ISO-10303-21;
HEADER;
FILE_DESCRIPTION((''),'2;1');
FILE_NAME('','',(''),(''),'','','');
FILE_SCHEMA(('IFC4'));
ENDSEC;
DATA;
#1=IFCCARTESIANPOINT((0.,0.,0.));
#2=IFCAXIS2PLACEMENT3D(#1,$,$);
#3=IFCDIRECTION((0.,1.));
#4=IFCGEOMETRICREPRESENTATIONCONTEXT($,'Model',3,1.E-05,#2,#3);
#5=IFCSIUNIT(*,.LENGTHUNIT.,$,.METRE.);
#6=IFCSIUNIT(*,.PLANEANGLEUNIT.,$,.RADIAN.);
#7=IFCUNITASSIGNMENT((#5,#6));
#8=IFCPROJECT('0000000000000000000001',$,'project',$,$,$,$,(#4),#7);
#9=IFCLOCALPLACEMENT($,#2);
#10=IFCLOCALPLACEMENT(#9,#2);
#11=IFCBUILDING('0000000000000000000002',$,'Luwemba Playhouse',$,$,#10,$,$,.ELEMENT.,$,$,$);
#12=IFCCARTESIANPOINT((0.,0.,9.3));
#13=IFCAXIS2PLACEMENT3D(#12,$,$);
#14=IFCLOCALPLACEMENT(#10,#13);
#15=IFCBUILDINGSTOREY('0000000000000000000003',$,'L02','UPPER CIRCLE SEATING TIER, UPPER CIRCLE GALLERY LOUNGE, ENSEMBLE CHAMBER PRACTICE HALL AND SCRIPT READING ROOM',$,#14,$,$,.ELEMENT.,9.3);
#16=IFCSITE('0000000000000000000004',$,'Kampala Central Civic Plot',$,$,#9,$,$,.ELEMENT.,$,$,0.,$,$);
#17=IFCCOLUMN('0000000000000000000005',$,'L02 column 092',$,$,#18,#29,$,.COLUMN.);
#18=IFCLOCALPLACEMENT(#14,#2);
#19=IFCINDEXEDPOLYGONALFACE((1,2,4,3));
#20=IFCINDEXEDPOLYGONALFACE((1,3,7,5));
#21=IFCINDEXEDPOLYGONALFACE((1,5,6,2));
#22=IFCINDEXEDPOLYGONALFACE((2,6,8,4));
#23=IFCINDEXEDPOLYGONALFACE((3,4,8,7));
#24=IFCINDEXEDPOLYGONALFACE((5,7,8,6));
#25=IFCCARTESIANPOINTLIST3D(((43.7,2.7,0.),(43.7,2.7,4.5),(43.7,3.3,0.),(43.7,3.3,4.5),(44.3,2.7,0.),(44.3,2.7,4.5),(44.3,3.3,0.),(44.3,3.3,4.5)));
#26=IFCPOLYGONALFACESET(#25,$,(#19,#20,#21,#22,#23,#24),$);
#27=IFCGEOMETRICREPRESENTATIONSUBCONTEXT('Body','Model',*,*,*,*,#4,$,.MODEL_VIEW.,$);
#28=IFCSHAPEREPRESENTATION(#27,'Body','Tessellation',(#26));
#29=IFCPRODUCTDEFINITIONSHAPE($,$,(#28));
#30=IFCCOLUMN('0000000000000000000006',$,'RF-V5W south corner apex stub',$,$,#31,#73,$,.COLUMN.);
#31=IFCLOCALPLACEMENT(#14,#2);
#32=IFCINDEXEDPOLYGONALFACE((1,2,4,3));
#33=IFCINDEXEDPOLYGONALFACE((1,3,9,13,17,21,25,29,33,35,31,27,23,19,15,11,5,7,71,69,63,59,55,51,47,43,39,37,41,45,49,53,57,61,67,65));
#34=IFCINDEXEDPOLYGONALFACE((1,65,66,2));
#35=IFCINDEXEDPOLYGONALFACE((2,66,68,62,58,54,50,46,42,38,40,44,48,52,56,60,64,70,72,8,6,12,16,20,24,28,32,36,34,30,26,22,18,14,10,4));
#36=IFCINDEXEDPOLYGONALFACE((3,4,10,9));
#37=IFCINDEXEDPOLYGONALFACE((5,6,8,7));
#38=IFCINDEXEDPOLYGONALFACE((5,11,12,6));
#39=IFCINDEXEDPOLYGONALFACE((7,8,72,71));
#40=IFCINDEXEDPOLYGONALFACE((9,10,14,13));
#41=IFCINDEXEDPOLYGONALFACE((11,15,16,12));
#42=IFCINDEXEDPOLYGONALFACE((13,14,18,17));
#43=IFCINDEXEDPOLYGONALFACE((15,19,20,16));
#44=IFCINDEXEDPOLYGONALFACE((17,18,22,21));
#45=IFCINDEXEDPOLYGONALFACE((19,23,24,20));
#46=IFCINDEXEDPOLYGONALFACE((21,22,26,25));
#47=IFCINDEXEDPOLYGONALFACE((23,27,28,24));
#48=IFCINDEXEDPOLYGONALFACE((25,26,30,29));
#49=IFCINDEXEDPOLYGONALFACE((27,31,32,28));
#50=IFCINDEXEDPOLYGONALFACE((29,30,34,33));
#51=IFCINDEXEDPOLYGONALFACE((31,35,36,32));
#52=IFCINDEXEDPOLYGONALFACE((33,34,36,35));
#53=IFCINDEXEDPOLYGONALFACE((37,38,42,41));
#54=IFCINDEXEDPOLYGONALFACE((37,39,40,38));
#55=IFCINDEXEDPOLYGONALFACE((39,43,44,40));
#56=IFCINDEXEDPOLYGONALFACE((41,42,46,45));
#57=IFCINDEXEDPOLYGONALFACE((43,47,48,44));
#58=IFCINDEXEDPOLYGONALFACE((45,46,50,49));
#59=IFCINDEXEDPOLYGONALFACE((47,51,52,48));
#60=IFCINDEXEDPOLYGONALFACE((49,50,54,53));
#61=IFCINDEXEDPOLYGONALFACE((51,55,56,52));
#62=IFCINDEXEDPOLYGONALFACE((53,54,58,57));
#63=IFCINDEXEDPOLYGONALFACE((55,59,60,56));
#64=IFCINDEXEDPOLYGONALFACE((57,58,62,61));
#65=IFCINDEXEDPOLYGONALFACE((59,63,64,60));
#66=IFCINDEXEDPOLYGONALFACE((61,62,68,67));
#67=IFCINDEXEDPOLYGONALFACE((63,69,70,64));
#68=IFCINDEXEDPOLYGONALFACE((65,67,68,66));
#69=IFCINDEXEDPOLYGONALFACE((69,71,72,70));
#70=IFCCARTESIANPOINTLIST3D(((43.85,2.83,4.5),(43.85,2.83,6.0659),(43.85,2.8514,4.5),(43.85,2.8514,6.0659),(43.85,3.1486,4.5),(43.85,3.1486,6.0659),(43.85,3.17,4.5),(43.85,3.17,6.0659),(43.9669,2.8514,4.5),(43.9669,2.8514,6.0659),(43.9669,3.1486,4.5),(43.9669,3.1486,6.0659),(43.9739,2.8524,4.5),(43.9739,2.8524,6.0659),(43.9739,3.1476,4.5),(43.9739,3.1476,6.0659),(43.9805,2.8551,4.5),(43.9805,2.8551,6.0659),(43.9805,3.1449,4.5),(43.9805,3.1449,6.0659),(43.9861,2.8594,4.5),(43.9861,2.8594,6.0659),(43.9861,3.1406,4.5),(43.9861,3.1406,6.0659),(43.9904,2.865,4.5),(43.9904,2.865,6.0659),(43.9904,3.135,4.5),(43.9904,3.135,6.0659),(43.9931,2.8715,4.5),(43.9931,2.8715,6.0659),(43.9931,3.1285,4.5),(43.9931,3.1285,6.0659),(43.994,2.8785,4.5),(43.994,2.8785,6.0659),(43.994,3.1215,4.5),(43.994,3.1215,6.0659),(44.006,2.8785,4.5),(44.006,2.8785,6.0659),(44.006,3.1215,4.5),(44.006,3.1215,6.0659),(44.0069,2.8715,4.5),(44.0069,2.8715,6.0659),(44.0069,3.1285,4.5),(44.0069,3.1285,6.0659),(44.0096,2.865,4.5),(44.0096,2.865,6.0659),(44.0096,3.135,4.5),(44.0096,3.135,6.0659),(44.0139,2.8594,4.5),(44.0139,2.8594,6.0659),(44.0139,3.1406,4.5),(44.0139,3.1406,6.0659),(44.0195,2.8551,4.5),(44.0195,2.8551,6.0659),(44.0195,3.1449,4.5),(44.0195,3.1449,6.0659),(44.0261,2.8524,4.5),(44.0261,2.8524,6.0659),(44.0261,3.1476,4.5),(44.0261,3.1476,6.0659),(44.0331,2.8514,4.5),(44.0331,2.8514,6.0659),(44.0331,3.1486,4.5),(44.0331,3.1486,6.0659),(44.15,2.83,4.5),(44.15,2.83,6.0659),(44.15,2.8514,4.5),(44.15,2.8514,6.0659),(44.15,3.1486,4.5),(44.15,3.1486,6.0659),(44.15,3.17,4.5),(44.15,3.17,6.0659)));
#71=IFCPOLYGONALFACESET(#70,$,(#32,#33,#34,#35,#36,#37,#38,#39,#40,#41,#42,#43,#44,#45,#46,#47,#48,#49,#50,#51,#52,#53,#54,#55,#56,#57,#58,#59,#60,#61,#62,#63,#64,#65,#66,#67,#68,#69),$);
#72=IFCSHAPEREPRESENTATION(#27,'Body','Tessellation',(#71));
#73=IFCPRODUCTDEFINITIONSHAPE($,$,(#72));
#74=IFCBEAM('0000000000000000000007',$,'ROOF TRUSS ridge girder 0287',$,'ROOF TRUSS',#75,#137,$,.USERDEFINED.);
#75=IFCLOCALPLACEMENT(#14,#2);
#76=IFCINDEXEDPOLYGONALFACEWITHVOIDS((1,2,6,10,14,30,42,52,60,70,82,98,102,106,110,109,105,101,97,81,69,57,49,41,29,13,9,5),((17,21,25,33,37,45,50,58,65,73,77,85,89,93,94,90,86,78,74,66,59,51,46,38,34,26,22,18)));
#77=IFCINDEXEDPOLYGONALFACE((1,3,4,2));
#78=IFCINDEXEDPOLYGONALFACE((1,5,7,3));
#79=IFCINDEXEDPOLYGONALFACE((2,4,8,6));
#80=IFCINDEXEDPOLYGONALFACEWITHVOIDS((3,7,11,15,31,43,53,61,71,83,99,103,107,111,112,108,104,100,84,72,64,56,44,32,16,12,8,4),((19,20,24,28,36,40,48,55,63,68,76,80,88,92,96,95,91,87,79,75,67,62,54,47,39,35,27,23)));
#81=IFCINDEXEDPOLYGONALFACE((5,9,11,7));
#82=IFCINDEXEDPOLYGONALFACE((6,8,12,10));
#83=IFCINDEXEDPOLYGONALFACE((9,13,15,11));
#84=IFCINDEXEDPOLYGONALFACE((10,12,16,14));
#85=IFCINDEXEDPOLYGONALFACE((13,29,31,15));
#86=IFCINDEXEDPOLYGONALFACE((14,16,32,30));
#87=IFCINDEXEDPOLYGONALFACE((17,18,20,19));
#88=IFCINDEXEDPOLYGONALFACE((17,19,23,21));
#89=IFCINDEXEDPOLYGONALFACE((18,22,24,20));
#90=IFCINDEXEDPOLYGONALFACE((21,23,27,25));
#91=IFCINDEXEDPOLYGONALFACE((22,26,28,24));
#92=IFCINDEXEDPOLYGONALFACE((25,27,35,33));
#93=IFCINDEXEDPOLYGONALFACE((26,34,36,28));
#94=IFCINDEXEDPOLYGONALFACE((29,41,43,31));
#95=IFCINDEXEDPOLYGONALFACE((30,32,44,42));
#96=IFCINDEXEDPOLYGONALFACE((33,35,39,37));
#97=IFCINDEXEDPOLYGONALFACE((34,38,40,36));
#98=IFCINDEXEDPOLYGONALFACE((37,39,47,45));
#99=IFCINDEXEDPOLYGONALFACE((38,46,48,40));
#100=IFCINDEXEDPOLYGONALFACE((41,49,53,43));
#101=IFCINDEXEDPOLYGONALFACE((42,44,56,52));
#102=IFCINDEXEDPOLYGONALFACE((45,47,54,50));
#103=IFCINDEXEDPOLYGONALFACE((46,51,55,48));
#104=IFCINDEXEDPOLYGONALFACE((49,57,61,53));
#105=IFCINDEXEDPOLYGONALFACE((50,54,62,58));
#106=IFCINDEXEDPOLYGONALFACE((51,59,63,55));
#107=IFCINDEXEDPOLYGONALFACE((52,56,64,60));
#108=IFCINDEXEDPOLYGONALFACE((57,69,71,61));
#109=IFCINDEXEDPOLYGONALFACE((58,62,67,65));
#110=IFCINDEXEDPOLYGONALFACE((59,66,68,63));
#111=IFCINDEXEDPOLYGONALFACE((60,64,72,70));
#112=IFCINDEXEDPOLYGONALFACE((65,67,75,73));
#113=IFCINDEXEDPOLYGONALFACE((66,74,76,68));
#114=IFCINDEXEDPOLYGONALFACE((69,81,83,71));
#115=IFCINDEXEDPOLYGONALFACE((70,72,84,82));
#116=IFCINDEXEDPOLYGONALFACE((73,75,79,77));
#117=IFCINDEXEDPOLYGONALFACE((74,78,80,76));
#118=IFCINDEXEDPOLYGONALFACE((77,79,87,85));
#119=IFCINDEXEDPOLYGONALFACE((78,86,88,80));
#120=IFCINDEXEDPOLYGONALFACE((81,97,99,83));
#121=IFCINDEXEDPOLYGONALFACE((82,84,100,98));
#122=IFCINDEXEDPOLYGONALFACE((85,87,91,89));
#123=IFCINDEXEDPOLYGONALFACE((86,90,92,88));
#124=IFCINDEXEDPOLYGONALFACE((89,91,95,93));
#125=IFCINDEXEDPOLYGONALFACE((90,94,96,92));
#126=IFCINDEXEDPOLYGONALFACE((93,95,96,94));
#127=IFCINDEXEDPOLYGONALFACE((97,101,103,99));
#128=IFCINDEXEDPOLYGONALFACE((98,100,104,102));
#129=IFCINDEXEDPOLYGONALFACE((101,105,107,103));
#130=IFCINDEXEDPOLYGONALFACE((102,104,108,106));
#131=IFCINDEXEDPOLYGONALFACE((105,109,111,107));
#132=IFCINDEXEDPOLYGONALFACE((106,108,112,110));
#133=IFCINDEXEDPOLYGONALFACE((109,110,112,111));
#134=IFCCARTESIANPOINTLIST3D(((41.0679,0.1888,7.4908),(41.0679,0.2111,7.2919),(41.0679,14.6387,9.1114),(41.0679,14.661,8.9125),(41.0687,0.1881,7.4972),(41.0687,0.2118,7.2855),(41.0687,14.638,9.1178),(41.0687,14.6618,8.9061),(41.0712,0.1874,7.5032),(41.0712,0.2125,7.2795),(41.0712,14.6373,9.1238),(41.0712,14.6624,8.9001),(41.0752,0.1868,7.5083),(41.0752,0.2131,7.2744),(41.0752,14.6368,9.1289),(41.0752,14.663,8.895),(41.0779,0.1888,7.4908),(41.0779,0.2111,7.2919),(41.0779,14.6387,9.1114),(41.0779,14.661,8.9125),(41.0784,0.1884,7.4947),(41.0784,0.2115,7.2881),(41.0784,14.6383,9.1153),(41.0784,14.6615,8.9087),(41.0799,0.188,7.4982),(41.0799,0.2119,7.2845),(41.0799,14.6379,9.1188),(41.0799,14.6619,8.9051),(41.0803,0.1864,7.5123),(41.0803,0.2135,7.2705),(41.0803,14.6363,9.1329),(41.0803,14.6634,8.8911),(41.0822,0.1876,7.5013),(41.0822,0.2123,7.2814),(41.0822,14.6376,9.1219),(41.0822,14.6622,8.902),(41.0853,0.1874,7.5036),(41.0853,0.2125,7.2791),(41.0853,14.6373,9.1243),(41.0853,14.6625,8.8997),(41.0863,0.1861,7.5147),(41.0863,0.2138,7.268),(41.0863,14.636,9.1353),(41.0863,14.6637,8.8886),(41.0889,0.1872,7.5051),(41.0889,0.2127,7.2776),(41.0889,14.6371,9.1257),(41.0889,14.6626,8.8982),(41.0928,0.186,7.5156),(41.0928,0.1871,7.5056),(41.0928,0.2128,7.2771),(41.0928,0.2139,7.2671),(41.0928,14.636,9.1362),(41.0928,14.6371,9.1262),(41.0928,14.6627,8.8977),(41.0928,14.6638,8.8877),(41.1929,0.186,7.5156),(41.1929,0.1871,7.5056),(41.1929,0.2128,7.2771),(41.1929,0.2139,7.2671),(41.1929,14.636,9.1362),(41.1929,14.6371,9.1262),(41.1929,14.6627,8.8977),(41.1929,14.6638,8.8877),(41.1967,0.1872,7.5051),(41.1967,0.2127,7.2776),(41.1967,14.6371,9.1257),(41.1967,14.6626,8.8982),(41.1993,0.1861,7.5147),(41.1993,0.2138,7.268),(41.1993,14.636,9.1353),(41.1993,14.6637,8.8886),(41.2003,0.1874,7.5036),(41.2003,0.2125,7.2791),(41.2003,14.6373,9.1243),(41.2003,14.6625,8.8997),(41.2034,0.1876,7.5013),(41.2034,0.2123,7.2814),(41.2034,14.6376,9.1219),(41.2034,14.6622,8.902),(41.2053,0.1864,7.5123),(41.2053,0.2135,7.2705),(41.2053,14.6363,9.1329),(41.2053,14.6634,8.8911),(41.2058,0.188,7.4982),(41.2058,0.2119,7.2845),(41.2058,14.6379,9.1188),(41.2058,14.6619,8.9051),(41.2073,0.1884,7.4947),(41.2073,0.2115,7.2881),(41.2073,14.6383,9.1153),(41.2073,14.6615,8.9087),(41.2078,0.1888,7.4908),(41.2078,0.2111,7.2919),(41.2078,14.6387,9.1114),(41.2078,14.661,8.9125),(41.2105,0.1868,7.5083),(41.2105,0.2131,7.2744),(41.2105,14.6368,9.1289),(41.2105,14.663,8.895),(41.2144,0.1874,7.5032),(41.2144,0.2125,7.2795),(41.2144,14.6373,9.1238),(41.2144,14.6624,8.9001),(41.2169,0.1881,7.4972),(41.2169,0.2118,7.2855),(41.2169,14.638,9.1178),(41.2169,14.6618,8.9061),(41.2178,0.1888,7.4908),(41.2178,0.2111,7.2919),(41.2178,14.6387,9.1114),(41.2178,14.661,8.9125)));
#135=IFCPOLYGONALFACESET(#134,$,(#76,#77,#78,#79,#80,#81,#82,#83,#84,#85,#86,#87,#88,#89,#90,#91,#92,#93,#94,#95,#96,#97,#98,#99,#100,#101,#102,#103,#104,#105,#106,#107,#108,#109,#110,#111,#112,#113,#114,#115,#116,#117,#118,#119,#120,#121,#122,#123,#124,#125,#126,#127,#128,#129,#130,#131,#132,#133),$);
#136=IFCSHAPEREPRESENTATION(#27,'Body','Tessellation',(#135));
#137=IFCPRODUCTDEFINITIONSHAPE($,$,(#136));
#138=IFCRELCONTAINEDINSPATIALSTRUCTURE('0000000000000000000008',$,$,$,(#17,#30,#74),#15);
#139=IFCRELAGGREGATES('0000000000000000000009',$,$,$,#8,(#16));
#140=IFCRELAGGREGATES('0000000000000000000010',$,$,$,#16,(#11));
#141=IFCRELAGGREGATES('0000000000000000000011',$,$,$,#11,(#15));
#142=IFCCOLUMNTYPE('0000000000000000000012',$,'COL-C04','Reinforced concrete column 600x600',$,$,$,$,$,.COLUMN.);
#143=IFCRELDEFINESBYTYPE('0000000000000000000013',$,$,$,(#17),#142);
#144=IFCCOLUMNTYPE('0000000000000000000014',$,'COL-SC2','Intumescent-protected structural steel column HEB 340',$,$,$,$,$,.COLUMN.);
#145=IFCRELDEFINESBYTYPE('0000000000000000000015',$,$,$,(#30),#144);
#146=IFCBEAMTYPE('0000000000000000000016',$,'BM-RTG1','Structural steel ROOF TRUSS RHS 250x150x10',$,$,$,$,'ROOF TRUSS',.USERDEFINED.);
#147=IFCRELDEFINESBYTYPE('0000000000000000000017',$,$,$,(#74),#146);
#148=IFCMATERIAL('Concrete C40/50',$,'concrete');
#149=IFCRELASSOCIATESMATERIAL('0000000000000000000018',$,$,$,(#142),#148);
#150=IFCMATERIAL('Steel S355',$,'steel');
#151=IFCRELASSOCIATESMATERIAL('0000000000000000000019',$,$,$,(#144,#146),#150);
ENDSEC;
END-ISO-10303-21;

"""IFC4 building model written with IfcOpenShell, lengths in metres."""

from ifc_helpers import new_model, si_unit, direction, frame, origin, origin_2d, place, context, subcontext, project, spatial, rectangle, hollow_rectangle, i_section, extrude, material, material_profile, profile_set, type_object, element, save


model = new_model("IFC4")

# Units and contexts
model_context = context("Model", 3, precision=1e-05, world=origin(), true_north=direction((0.0, 1.0)))
body_context = subcontext(model_context, "Body", "Model", "MODEL_VIEW")
ifc_project = project(units=[si_unit("LENGTHUNIT", "METRE"), si_unit("PLANEANGLEUNIT", "RADIAN")], contexts=[model_context])

# Site, building, storey
site_placement = place(None, origin())
site = spatial("IfcSite", under=ifc_project, at=site_placement, Name="Kampala Central Civic Plot", CompositionType="ELEMENT", RefElevation=0.0)
building_placement = place(site_placement, origin())
building = spatial("IfcBuilding", under=site, at=building_placement, Name="Luwemba Playhouse", CompositionType="ELEMENT")
storey_placement = place(building_placement, frame((0.0, 0.0, 9.3)))
storey = spatial("IfcBuildingStorey", under=building, at=storey_placement, Name="L02", Description="UPPER CIRCLE SEATING TIER, UPPER CIRCLE GALLERY LOUNGE, ENSEMBLE CHAMBER PRACTICE HALL AND SCRIPT READING ROOM", CompositionType="ELEMENT", Elevation=9.3)

# Columns
ifc_material_1 = material(Name="Concrete C40/50", Category="concrete")
ifc_material_profile_1 = material_profile(ifc_material_1, rectangle(XDim=0.6001, YDim=0.6001, at=origin_2d()))
ifc_profile_set_1 = profile_set([ifc_material_profile_1], Name="Concrete C40/50")
column_type_1 = type_object("IfcColumnType", Name="COL-C04", Description="Reinforced concrete column 600x600", PredefinedType="COLUMN", material=ifc_profile_set_1)
column_1_placement = place(storey_placement, frame((44.0, 3.0, 0.0), z_axis=(0.0, 0.0, 1.0), x_axis=(1.0, 0.0, 0.0)))
element("IfcColumn", 1, at=column_1_placement, inside=storey, type_object=column_type_1, Name="L02 column 092", PredefinedType="COLUMN", context=body_context, shape_type="SweptSolid", body=[
    extrude(rectangle(XDim=0.6001, YDim=0.6001, at=origin_2d()), origin(), (0.0, 0.0, 1.0), 4.5),
])
ifc_material_2 = material(Name="Steel S355", Category="steel")
ifc_material_profile_2 = material_profile(ifc_material_2, i_section(OverallWidth=0.3, OverallDepth=0.3401, WebThickness=0.012, FlangeThickness=0.0215, FilletRadius=0.0271, at=origin_2d()))
ifc_profile_set_2 = profile_set([ifc_material_profile_2], Name="Steel S355")
column_type_2 = type_object("IfcColumnType", Name="COL-SC2", Description="Intumescent-protected structural steel column HEB 340", PredefinedType="COLUMN", material=ifc_profile_set_2)
column_2_placement = place(storey_placement, frame((44.0, 3.0, 4.5), z_axis=(0.0, 0.0, 1.0), x_axis=(1.0, 0.0, 0.0)))
element("IfcColumn", 2, at=column_2_placement, inside=storey, type_object=column_type_2, Name="RF-V5W south corner apex stub", PredefinedType="COLUMN", context=body_context, shape_type="SweptSolid", body=[
    extrude(i_section(OverallWidth=0.3, OverallDepth=0.3401, WebThickness=0.012, FlangeThickness=0.0215, FilletRadius=0.0271, at=origin_2d()), origin(), (0.0, 0.0, 1.0), 1.5659),
])

# Beam
ifc_material_profile_3 = material_profile(ifc_material_2, hollow_rectangle(XDim=0.1499, YDim=0.25, WallThickness=0.01, InnerFilletRadius=0.0149, OuterFilletRadius=0.0249, at=origin_2d()))
ifc_profile_set_3 = profile_set([ifc_material_profile_3], Name="Steel S355")
beam_type_1 = type_object("IfcBeamType", Name="BM-RTG1", Description="Structural steel ROOF TRUSS RHS 250x150x10", ElementType="ROOF TRUSS", PredefinedType="USERDEFINED", material=ifc_profile_set_3)
for number, where, z_axis, x_axis, name in (
    (3, (41.1428, 0.2, 7.3914), (0.0, 0.99377, 0.111454), (-1.0, 0.0, 0.0), "ROOF TRUSS ridge girder 0287"),
):
    element("IfcBeam", number, at=place(storey_placement, frame(where, z_axis=z_axis, x_axis=x_axis)), inside=storey, type_object=beam_type_1, Name=name, ObjectType="ROOF TRUSS", PredefinedType="USERDEFINED", context=body_context, shape_type="SweptSolid", body=[
        extrude(hollow_rectangle(XDim=0.1499, YDim=0.25, WallThickness=0.01, InnerFilletRadius=0.0149, OuterFilletRadius=0.0249, at=origin_2d()), origin(), (0.0, 0.0, 1.0), 14.5405),
    ])

save(model, "model.ifc")
